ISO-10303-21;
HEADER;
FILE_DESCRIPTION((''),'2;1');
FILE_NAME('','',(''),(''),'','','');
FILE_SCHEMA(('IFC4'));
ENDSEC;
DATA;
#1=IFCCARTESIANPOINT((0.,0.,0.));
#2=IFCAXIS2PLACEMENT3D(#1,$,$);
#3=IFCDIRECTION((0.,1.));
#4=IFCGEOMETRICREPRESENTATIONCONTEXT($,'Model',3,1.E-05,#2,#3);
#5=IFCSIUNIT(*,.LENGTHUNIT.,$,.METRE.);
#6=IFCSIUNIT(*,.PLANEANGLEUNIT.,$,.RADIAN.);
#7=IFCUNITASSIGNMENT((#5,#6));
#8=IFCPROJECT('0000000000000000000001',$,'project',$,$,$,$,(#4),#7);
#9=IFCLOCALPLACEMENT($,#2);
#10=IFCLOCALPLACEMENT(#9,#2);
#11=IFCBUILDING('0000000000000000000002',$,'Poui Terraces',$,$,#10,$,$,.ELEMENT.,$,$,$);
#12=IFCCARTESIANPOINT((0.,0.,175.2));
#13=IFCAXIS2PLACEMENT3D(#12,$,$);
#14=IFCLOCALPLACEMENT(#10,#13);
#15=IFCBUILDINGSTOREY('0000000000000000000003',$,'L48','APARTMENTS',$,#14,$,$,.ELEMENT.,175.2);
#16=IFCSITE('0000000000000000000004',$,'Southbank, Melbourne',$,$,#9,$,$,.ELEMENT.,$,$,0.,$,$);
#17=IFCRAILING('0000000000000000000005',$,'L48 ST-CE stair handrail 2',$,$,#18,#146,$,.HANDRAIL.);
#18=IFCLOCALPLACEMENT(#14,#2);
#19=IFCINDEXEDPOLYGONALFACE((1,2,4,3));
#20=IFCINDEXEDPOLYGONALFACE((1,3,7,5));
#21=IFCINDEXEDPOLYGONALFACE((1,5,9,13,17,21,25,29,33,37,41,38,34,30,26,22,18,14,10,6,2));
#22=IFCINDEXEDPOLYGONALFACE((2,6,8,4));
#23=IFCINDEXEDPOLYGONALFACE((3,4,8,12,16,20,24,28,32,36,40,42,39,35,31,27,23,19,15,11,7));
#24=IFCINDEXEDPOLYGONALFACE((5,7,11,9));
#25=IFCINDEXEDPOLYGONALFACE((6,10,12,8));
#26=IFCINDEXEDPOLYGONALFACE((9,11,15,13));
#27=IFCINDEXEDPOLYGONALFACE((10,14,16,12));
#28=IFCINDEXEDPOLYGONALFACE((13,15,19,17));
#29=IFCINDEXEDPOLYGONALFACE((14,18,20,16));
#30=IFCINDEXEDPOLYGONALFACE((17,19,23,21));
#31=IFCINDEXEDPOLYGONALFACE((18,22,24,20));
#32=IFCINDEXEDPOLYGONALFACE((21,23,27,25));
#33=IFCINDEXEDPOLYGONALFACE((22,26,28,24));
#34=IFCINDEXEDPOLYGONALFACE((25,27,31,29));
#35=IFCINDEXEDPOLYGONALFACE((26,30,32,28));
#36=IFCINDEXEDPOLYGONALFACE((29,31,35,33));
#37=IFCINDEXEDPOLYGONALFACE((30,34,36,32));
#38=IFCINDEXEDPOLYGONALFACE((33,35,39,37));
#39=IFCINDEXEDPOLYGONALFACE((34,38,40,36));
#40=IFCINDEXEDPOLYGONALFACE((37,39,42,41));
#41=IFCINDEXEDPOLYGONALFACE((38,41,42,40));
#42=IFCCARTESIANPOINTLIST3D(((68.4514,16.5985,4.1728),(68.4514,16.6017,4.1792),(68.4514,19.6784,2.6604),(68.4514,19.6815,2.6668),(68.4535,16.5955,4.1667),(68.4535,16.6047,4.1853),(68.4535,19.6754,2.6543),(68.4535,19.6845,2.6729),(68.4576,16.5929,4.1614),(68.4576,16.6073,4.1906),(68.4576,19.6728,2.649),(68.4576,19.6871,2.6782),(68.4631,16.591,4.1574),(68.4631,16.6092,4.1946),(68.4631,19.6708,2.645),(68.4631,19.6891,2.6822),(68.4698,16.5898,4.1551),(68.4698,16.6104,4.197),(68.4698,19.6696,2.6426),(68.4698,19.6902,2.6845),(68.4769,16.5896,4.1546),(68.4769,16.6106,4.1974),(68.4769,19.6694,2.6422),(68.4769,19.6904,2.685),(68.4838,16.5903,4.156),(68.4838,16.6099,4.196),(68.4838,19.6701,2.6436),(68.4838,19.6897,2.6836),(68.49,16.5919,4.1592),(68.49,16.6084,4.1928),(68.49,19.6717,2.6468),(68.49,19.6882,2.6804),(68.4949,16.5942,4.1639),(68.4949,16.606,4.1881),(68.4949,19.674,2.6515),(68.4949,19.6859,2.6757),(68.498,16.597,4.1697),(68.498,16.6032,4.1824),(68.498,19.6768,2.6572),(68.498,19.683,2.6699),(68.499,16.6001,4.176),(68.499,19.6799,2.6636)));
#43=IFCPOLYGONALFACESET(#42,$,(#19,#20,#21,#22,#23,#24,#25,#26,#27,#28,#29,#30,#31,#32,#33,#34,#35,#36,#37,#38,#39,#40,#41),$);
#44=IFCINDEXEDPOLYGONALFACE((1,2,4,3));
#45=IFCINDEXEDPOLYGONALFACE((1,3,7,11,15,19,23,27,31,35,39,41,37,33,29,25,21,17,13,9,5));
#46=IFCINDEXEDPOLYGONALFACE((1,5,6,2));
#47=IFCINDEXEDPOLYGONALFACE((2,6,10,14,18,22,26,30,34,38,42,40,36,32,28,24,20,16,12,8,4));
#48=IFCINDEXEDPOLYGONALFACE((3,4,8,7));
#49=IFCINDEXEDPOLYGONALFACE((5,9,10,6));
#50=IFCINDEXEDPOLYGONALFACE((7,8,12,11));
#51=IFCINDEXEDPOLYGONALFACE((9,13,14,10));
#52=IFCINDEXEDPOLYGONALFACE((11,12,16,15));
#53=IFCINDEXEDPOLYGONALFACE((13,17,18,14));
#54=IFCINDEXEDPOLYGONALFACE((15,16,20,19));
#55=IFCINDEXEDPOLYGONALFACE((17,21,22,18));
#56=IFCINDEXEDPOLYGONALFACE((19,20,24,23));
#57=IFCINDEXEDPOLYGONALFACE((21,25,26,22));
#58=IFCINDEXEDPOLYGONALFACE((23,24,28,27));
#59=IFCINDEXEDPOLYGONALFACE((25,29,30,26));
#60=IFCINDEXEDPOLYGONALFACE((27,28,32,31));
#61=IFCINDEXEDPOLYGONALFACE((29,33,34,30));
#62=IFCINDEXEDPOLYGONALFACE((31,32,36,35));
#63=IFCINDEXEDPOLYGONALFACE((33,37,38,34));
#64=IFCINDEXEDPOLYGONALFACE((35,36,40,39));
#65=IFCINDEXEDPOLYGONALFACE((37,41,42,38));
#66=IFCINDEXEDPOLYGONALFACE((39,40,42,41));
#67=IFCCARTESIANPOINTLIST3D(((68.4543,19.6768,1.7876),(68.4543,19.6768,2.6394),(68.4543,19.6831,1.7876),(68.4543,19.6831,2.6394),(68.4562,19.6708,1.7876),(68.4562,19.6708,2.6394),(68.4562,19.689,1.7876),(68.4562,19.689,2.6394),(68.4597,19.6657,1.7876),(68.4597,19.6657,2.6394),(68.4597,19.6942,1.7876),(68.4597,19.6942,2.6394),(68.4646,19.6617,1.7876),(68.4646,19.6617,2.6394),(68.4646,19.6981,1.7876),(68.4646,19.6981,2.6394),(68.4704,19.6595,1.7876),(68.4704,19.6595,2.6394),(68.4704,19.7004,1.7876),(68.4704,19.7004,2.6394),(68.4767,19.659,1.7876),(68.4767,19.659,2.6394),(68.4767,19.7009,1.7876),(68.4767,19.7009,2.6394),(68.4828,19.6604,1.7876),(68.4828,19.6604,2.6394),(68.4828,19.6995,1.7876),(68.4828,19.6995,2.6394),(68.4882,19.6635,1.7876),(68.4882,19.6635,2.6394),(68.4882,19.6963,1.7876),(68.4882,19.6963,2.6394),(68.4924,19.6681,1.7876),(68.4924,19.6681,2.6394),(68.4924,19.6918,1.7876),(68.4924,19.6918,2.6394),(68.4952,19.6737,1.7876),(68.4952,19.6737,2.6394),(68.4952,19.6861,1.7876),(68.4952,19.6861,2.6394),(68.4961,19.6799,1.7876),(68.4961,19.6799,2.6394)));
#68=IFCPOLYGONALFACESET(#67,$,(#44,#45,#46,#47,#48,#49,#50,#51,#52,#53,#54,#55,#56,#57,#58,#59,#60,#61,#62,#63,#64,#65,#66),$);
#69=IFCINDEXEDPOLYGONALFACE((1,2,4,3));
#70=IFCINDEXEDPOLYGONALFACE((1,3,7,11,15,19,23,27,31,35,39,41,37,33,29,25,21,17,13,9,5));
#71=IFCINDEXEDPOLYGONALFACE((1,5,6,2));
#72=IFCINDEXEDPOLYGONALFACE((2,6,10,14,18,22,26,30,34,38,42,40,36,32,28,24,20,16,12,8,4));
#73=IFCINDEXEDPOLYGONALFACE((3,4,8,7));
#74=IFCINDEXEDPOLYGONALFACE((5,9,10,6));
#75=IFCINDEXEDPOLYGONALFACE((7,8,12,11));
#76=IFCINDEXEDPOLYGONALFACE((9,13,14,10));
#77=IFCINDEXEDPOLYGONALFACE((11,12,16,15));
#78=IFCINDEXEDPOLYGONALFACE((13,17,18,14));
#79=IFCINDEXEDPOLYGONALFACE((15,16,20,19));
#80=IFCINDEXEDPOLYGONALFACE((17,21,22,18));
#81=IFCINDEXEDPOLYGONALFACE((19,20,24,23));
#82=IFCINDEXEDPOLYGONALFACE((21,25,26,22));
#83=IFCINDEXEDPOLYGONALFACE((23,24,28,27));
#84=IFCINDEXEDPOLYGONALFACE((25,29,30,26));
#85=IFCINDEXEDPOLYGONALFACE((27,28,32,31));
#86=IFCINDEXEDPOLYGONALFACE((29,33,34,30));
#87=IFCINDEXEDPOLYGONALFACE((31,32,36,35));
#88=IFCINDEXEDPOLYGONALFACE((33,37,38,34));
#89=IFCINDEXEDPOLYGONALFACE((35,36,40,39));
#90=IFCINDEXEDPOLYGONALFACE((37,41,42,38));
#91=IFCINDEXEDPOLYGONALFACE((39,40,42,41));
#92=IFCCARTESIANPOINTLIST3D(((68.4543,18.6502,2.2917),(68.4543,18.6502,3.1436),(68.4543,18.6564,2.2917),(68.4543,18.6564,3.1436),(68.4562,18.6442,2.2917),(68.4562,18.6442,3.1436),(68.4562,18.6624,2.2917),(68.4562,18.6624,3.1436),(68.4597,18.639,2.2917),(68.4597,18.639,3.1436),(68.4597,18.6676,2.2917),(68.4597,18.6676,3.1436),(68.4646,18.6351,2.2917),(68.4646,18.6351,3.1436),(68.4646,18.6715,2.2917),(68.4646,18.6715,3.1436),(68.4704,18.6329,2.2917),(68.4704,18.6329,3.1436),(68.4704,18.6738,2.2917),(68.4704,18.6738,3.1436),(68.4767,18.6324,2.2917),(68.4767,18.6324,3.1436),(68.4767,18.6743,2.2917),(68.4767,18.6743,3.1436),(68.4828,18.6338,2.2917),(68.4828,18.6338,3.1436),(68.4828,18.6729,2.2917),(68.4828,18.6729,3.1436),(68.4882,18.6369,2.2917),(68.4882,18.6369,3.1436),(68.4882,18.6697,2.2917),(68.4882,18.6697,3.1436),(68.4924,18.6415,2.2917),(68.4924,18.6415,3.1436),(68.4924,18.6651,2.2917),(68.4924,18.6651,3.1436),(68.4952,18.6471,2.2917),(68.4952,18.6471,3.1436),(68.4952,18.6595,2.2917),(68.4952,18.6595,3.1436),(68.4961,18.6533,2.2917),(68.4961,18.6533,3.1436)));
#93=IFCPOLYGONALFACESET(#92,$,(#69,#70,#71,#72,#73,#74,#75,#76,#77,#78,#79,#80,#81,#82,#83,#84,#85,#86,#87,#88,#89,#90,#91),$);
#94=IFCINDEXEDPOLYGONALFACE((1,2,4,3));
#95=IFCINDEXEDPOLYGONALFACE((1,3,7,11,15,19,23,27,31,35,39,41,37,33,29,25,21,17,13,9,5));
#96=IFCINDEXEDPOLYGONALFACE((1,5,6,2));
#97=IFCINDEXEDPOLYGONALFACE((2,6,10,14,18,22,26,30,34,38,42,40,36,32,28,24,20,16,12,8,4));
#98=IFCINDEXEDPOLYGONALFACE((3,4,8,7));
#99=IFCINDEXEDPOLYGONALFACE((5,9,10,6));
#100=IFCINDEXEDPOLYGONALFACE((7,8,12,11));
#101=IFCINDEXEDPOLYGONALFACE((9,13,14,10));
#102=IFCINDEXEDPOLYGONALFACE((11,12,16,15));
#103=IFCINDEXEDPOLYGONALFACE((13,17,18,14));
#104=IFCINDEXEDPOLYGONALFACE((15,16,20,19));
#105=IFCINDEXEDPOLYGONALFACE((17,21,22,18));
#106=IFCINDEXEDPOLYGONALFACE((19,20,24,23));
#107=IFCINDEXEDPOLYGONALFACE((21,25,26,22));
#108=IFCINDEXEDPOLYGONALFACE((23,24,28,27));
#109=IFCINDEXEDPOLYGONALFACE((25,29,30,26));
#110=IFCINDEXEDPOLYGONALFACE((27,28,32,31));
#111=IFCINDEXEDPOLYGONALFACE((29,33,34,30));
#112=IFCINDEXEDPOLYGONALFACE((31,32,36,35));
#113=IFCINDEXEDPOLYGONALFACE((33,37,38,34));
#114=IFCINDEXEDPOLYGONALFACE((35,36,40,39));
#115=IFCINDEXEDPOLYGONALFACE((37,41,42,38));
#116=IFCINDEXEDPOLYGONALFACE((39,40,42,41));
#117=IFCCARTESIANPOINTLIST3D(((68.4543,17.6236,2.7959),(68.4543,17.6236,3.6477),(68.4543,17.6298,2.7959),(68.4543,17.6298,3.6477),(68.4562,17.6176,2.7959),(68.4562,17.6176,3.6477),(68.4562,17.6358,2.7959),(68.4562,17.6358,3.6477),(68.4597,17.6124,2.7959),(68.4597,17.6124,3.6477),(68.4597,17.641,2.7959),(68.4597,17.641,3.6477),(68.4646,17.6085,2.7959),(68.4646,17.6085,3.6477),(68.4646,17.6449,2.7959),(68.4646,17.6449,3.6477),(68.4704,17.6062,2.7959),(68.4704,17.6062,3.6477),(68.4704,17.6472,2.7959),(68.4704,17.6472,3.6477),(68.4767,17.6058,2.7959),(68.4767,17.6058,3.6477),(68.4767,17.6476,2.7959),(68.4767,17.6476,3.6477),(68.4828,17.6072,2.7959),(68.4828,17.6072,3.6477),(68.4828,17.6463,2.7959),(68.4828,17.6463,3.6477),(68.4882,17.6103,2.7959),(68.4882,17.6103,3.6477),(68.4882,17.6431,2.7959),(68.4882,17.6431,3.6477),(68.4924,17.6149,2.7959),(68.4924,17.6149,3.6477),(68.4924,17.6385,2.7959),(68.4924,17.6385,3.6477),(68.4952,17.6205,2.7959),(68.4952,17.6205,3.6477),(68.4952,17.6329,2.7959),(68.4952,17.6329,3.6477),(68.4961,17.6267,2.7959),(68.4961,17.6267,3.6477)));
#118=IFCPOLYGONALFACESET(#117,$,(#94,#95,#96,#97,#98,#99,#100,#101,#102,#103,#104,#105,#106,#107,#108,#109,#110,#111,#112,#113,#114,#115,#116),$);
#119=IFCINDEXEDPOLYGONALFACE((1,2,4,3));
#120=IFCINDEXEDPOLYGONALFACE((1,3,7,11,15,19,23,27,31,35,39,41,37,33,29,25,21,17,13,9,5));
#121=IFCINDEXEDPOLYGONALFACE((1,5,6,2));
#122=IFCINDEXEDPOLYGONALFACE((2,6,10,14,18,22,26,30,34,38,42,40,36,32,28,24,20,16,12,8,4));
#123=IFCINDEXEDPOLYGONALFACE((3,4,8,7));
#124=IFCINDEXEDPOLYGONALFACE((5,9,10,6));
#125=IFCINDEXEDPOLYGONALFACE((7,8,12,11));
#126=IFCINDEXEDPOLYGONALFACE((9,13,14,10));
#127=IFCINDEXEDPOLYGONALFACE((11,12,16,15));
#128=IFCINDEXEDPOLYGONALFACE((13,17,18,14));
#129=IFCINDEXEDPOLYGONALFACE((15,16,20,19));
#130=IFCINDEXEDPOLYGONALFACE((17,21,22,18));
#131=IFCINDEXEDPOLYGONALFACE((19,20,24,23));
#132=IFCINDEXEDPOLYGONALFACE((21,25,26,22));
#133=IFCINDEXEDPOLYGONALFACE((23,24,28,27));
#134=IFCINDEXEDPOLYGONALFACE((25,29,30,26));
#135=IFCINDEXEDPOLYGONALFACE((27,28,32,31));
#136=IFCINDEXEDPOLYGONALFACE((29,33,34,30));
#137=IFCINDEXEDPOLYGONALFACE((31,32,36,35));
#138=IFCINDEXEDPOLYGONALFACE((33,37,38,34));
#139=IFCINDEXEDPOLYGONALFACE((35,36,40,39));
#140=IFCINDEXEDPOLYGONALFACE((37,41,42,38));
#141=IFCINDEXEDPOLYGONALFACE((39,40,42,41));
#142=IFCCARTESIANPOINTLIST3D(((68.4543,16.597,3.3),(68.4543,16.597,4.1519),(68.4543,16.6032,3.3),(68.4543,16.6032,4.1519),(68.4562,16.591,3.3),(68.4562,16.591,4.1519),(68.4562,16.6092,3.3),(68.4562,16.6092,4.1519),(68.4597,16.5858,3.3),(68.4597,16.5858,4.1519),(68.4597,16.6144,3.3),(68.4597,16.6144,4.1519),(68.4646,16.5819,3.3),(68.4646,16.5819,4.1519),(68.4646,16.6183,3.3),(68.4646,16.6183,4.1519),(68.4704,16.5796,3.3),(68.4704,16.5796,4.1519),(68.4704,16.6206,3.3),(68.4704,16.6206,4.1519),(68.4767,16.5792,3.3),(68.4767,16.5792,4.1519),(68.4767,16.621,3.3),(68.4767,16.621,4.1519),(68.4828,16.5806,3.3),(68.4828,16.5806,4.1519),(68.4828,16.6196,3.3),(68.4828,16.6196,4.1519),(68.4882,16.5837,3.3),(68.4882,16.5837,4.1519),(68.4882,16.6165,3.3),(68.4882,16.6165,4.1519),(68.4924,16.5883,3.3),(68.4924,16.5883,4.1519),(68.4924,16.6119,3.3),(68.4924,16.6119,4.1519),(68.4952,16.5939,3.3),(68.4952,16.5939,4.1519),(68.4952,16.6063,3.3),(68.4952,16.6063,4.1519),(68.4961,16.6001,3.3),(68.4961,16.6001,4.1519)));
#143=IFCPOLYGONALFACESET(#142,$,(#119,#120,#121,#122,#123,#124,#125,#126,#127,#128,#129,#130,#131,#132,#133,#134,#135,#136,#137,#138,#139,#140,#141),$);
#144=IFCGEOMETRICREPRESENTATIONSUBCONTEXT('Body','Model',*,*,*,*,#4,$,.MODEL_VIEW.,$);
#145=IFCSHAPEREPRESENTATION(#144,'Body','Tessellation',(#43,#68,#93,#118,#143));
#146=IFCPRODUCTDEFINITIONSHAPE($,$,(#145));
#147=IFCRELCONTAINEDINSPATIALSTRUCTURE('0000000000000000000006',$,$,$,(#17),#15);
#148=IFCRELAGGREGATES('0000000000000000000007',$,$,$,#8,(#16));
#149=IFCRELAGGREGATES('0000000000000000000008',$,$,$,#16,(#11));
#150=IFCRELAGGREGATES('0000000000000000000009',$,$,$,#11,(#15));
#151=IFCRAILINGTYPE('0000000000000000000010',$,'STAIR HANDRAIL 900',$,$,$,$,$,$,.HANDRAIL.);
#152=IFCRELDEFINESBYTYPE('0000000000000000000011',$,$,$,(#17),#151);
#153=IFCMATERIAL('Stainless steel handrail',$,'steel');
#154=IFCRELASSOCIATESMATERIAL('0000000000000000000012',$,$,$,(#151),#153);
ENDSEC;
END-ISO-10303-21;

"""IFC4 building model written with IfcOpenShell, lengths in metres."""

from ifc_helpers import new_model, si_unit, direction, frame, origin, origin_2d, place, context, subcontext, project, spatial, circle, extrude, material, type_object, element, save


model = new_model("IFC4")

# Units and contexts
model_context = context("Model", 3, precision=1e-05, world=origin(), true_north=direction((0.0, 1.0)))
body_context = subcontext(model_context, "Body", "Model", "MODEL_VIEW")
ifc_project = project(units=[si_unit("LENGTHUNIT", "METRE"), si_unit("PLANEANGLEUNIT", "RADIAN")], contexts=[model_context])

# Site, building, storey
site_placement = place(None, origin())
site = spatial("IfcSite", under=ifc_project, at=site_placement, Name="Southbank, Melbourne", CompositionType="ELEMENT", RefElevation=0.0)
building_placement = place(site_placement, origin())
building = spatial("IfcBuilding", under=site, at=building_placement, Name="Poui Terraces", CompositionType="ELEMENT")
storey_placement = place(building_placement, frame((0.0, 0.0, 175.2)))
storey = spatial("IfcBuildingStorey", under=building, at=storey_placement, Name="L48", Description="APARTMENTS", CompositionType="ELEMENT", Elevation=175.2)

# Railing
ifc_material_1 = material(Name="Stainless steel handrail", Category="steel")
railing_type_1 = type_object("IfcRailingType", Name="STAIR HANDRAIL 900", PredefinedType="HANDRAIL", material=ifc_material_1)
railing_1_placement = place(storey_placement, frame((68.4751, 19.6799, 1.7876)))
element("IfcRailing", 1, at=railing_1_placement, inside=storey, type_object=railing_type_1, Name="L48 ST-CE stair handrail 2", PredefinedType="HANDRAIL", context=body_context, shape_type="SweptSolid", body=[
    extrude(circle(Radius=0.0239, at=origin_2d()), frame((0.0, 0.0, 0.876), z_axis=(0.0, -0.897606, 0.440798), x_axis=(1.0, 0.0, 0.0)), (0.0, 0.0, 1.0), 3.4312),
    extrude(circle(Radius=0.021, at=origin_2d()), origin(), (0.0, 0.0, 1.0), 0.8518),
    extrude(circle(Radius=0.021, at=origin_2d()), frame((0.0, -1.0266, 0.5042)), (0.0, 0.0, 1.0), 0.8518),
    extrude(circle(Radius=0.021, at=origin_2d()), frame((0.0, -2.0532, 1.0083)), (0.0, 0.0, 1.0), 0.8518),
    extrude(circle(Radius=0.021, at=origin_2d()), frame((0.0, -3.0798, 1.5125)), (0.0, 0.0, 1.0), 0.8518),
])

save(model, "model.ifc")
